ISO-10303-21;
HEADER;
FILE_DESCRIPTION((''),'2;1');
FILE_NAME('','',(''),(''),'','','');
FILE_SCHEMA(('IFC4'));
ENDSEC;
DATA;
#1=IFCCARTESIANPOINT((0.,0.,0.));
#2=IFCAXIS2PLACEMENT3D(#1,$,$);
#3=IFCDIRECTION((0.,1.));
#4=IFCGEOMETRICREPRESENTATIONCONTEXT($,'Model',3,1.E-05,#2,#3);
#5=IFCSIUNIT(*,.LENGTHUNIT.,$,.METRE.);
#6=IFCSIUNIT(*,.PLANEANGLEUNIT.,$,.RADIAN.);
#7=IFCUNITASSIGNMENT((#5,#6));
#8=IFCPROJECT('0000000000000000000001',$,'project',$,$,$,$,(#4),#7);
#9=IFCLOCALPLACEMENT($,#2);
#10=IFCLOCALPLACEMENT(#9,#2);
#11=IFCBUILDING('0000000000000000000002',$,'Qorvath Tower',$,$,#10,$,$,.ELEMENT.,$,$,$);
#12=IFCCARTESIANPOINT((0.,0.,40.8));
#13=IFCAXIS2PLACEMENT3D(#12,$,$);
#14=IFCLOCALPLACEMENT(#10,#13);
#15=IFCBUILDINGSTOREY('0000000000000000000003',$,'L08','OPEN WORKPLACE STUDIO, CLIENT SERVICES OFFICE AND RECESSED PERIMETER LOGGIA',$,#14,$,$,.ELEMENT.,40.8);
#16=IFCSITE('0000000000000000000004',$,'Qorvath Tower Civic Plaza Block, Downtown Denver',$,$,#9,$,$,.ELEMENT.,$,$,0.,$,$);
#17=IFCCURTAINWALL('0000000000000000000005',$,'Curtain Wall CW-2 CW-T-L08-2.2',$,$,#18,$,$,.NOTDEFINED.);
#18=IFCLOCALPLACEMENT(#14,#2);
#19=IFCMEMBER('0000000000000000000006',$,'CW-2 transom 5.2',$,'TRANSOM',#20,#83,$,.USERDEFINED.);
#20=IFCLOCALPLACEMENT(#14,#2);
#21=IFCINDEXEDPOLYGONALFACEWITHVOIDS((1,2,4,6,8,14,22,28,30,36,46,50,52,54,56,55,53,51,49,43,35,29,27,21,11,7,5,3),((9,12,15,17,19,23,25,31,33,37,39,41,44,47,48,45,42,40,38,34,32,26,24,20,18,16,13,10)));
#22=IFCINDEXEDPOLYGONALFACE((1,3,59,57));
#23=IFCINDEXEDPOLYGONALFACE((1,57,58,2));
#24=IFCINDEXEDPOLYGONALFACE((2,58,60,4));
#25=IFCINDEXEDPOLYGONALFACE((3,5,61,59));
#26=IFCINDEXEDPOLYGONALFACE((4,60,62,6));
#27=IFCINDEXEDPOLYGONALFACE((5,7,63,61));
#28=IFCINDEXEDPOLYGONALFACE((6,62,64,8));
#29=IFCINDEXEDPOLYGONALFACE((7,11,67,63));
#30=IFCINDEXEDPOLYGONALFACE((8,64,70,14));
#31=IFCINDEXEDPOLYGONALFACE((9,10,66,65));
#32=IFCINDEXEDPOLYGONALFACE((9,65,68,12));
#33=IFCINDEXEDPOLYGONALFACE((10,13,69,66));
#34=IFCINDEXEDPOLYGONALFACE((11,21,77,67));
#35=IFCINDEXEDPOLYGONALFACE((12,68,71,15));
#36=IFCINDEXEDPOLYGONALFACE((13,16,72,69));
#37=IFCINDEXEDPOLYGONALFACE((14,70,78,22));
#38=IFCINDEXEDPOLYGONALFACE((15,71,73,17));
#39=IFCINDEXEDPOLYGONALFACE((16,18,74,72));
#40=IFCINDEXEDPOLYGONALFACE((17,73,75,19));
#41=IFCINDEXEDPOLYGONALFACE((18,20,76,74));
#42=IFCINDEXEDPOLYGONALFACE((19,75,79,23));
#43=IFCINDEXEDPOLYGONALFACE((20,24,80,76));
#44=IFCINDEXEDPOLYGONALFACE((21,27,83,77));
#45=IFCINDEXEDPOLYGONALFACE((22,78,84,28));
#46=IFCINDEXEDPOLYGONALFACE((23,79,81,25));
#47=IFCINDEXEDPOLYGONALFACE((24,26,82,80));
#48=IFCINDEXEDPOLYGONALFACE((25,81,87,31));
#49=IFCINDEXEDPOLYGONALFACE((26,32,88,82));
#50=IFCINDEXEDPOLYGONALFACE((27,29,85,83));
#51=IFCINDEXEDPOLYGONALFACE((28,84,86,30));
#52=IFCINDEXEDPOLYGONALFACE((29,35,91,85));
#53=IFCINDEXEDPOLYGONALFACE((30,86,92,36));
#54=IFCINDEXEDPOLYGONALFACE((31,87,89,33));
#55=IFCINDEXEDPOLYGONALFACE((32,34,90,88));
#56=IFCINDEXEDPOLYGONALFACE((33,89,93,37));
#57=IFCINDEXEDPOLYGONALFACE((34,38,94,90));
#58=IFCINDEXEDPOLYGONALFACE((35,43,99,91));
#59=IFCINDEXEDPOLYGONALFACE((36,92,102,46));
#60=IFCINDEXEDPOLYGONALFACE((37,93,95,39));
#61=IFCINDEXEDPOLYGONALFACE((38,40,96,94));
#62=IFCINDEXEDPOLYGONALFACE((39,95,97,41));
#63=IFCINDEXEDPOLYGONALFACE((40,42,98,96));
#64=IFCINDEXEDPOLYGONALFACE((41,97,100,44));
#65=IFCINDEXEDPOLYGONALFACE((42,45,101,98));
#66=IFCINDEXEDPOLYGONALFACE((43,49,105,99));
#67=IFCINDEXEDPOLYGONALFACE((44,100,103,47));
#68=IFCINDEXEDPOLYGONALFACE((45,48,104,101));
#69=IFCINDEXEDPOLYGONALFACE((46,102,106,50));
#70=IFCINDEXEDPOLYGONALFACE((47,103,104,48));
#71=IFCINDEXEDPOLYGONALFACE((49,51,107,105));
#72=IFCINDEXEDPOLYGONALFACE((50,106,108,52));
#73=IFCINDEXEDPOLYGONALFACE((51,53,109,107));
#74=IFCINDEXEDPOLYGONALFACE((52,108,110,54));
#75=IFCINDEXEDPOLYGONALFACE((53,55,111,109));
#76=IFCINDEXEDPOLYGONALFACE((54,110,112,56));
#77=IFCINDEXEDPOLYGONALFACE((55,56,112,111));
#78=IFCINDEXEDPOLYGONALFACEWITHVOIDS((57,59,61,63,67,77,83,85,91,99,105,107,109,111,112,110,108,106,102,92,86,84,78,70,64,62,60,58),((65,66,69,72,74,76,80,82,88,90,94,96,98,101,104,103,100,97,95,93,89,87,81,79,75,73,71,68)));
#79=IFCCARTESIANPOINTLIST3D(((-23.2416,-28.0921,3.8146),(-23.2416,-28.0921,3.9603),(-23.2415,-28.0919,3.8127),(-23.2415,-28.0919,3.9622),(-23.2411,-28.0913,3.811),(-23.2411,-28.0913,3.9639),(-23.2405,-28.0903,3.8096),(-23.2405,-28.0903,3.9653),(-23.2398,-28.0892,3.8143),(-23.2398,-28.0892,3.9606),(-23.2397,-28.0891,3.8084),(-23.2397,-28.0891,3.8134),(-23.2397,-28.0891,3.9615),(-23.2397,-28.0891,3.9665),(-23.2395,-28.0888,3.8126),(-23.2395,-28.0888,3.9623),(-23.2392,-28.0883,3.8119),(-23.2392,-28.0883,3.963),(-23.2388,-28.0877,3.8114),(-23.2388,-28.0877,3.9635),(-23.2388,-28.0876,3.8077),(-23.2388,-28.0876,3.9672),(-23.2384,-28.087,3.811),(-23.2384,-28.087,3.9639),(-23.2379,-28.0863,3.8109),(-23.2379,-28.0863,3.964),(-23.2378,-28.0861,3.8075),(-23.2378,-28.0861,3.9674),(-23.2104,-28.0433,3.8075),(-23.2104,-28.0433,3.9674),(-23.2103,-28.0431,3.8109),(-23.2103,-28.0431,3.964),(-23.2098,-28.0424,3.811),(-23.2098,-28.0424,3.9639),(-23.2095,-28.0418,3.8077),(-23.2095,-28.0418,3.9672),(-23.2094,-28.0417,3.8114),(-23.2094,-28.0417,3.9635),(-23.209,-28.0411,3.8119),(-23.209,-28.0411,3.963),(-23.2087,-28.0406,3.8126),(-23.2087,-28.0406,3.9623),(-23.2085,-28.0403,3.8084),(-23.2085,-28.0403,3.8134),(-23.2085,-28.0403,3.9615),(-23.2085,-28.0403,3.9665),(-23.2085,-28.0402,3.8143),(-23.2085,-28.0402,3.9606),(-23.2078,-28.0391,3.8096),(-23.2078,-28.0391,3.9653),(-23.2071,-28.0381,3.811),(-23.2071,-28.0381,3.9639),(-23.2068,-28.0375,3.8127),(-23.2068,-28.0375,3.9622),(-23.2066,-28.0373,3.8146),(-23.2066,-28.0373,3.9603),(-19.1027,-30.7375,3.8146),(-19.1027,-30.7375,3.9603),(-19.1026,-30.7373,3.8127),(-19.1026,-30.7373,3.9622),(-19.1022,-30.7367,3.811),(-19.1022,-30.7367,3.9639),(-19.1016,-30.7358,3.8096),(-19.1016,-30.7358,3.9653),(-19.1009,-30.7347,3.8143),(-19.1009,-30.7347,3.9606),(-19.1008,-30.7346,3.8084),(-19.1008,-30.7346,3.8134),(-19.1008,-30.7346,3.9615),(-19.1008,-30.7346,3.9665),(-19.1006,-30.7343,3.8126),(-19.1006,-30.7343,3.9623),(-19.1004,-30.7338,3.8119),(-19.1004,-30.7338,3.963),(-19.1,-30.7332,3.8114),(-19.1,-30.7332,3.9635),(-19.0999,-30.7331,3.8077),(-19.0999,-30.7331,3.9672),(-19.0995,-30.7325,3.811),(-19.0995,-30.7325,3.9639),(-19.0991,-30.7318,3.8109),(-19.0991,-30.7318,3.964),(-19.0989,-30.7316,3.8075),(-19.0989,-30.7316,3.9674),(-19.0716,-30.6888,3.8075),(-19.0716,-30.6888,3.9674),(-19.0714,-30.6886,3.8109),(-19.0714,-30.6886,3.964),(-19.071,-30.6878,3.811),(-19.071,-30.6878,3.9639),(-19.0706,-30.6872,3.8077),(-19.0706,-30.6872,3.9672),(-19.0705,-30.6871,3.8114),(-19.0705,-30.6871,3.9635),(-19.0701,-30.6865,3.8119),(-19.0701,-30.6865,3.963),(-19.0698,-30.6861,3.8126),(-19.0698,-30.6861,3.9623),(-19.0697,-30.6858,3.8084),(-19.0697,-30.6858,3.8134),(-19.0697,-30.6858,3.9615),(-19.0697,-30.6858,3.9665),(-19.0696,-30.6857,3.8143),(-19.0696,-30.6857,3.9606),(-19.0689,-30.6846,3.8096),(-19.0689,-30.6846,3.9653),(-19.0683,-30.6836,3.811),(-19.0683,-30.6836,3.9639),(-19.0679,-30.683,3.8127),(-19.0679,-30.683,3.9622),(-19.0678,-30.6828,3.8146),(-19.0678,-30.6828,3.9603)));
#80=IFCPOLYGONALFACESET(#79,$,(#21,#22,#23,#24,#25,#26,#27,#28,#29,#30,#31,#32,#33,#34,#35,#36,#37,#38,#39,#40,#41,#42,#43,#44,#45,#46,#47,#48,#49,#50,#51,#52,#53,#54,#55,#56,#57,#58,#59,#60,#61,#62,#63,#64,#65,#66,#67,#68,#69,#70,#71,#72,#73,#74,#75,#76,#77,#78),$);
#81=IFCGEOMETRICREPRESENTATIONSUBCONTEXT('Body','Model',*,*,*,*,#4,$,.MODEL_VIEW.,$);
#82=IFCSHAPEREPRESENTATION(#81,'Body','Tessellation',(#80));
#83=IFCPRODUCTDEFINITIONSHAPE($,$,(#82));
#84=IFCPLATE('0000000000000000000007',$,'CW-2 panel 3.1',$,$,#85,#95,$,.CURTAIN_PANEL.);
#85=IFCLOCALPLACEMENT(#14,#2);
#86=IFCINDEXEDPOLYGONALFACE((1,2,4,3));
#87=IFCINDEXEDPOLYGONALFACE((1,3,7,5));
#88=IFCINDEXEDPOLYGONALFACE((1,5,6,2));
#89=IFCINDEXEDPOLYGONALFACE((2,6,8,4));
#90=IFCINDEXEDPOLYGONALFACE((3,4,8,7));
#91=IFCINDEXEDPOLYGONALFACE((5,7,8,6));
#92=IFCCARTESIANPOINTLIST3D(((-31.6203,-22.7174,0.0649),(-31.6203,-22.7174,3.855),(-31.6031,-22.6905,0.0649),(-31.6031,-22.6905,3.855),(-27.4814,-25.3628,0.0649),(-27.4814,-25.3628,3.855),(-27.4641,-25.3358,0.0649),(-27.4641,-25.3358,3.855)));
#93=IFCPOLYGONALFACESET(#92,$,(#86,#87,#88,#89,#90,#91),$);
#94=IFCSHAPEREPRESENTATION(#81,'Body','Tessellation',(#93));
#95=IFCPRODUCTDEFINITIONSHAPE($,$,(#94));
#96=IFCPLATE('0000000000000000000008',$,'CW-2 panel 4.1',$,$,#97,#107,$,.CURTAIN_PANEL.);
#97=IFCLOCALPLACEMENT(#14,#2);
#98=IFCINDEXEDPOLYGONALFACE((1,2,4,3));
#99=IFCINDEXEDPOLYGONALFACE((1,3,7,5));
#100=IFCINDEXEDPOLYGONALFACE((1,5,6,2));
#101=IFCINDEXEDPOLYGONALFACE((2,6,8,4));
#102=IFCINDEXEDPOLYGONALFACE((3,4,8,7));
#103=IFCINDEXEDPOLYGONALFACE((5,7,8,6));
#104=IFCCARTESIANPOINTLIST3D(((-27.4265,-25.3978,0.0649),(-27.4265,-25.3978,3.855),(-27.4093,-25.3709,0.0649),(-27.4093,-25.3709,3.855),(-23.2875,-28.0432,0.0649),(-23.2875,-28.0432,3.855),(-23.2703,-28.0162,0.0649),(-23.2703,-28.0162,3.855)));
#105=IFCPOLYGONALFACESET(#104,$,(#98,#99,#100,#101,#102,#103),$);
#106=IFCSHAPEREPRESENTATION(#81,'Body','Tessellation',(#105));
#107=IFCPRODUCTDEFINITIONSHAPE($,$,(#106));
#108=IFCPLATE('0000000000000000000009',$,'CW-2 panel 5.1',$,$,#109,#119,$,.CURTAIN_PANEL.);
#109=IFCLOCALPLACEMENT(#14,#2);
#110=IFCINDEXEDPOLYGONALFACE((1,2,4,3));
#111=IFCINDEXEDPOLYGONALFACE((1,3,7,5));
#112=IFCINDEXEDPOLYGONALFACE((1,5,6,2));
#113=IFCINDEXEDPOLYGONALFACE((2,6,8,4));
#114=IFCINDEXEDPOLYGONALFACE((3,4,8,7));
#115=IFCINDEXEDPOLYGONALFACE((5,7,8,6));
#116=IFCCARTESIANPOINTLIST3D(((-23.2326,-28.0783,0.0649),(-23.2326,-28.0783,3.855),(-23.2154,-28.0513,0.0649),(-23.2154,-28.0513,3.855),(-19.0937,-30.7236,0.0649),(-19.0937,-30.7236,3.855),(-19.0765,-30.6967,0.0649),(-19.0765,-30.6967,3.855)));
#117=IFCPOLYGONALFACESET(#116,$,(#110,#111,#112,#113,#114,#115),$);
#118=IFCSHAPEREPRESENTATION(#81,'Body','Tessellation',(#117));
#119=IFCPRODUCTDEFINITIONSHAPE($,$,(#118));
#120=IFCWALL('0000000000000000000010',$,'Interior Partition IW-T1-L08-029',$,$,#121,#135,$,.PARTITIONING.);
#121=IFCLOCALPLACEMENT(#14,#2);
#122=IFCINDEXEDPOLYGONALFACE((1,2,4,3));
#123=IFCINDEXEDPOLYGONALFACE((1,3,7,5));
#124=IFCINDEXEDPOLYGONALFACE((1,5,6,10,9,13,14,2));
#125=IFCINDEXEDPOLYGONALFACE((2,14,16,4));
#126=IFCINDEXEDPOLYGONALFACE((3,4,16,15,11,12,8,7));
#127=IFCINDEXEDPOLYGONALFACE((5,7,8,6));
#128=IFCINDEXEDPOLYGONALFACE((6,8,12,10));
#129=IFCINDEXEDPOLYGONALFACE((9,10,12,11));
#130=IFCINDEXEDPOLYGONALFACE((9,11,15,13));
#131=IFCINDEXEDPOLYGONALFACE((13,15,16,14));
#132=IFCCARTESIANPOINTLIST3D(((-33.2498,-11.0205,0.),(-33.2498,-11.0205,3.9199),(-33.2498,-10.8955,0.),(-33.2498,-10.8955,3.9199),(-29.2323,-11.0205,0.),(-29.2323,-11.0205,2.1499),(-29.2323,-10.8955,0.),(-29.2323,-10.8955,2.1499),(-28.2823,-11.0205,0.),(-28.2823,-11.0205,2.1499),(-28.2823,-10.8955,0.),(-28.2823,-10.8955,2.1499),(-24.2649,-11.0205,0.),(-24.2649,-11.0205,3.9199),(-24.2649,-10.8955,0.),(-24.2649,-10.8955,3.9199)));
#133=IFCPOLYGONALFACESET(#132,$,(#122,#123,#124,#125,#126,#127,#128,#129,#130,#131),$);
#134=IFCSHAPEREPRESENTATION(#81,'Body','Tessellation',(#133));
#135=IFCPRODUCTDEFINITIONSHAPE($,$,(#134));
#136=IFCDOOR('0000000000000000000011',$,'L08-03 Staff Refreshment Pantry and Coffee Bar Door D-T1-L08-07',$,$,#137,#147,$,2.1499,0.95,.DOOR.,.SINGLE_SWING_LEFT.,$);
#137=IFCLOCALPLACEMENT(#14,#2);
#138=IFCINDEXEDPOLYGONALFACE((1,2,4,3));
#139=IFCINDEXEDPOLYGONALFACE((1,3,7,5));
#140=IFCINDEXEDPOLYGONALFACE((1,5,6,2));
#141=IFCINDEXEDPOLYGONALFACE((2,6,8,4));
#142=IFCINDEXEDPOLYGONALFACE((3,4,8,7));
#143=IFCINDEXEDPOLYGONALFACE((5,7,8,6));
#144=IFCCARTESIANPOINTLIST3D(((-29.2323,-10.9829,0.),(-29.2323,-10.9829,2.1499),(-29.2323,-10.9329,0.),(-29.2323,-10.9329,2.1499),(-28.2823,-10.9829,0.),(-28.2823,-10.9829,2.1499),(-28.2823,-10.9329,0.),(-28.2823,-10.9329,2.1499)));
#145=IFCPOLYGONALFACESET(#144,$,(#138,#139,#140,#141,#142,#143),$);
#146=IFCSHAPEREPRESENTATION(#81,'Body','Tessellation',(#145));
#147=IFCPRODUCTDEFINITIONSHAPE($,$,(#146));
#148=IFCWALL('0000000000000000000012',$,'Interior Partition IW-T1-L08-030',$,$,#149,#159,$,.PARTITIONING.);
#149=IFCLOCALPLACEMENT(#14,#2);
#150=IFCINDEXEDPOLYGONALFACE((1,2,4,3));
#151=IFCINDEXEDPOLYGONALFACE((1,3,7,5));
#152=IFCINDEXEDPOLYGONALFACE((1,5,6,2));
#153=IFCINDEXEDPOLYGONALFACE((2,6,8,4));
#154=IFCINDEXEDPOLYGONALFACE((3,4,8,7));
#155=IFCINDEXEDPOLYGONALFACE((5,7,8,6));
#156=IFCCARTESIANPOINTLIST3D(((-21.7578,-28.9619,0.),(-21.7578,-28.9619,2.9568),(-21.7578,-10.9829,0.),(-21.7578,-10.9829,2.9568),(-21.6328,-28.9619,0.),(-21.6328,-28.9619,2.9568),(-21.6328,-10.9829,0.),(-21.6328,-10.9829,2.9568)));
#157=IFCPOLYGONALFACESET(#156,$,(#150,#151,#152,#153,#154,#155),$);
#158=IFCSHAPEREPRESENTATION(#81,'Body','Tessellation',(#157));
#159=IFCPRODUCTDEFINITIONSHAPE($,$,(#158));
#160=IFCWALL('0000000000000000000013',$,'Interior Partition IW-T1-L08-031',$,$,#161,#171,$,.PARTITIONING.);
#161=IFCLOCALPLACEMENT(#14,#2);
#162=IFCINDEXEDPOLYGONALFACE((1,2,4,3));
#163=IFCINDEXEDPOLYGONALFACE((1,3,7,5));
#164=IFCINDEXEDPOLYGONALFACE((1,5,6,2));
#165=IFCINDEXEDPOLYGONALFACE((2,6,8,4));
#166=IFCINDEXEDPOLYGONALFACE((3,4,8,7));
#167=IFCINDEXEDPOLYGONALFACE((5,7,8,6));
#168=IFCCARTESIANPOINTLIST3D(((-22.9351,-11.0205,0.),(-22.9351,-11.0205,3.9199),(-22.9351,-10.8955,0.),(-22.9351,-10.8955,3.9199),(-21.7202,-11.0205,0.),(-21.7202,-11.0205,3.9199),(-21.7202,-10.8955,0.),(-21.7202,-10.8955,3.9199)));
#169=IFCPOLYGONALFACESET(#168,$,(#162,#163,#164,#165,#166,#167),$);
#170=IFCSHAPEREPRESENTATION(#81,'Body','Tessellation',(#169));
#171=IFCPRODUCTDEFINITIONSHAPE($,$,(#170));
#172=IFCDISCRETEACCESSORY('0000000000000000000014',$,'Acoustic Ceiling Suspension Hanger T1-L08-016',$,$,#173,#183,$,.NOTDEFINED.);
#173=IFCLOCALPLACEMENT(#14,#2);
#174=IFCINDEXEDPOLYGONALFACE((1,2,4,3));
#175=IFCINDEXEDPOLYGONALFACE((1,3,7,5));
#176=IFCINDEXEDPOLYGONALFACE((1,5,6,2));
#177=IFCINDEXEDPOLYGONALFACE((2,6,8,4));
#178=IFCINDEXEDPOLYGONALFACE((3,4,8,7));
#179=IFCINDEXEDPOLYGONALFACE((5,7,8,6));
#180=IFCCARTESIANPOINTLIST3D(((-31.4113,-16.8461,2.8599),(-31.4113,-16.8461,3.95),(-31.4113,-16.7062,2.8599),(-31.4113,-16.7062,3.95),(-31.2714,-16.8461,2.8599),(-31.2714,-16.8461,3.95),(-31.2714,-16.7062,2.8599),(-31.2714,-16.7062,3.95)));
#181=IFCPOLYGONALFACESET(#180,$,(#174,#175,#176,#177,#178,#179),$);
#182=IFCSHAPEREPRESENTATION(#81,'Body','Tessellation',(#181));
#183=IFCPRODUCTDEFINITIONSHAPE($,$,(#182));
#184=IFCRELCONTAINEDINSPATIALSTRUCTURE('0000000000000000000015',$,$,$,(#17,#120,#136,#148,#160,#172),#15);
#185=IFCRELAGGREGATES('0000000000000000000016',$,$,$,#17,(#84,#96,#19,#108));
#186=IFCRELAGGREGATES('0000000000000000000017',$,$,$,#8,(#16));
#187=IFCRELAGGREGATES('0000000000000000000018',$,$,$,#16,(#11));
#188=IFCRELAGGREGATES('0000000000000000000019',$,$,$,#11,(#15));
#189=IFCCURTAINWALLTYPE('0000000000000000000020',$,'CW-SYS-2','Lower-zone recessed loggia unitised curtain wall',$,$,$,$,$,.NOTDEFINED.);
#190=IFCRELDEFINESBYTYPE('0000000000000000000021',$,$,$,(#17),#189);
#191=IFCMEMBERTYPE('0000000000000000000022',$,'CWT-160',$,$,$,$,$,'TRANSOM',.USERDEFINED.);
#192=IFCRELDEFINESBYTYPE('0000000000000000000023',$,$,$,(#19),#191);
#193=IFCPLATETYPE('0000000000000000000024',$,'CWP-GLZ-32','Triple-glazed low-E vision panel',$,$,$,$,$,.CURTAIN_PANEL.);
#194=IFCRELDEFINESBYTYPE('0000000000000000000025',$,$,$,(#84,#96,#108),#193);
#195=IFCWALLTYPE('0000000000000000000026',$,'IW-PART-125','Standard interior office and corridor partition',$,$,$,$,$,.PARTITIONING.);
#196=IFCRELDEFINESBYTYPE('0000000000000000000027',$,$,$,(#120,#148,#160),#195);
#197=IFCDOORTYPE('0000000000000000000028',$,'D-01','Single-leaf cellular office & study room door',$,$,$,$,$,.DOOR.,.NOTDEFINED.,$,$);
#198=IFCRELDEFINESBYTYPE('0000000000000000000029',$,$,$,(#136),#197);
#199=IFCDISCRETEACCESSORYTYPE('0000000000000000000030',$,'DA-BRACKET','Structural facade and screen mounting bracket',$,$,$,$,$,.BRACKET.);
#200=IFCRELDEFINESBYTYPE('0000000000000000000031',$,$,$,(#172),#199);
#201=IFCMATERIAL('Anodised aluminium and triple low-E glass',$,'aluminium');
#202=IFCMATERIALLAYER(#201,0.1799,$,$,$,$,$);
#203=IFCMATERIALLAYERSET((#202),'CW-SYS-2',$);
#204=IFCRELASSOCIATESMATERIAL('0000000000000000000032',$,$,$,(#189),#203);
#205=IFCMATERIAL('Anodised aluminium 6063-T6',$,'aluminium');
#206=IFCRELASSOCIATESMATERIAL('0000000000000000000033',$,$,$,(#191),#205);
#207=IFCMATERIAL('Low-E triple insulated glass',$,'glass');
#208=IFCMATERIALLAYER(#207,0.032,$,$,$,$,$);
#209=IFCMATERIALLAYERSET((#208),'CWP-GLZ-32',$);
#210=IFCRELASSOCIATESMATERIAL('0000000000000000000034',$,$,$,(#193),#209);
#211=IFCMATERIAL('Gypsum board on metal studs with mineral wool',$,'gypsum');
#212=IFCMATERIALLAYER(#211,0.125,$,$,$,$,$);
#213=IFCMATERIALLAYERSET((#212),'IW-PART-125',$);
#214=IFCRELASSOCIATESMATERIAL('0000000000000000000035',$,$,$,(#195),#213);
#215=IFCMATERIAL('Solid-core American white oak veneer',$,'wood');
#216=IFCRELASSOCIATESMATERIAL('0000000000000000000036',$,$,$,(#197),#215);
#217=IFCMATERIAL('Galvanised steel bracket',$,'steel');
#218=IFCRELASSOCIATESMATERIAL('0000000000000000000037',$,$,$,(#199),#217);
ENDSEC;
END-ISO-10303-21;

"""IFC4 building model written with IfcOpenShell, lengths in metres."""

from ifc_helpers import new_model, si_unit, direction, frame, frame_2d, origin, origin_2d, place, context, subcontext, project, spatial, rectangle, hollow_rectangle, extrude, material, layer, layer_set, material_profile, profile_set, type_object, element, fill, aggregate, save


model = new_model("IFC4")

# Units and contexts
model_context = context("Model", 3, precision=1e-05, world=origin(), true_north=direction((0.0, 1.0)))
body_context = subcontext(model_context, "Body", "Model", "MODEL_VIEW")
ifc_project = project(units=[si_unit("LENGTHUNIT", "METRE"), si_unit("PLANEANGLEUNIT", "RADIAN")], contexts=[model_context])

# Site, building, storey
site_placement = place(None, origin())
site = spatial("IfcSite", under=ifc_project, at=site_placement, Name="Qorvath Tower Civic Plaza Block, Downtown Denver", CompositionType="ELEMENT", RefElevation=0.0)
building_placement = place(site_placement, origin())
building = spatial("IfcBuilding", under=site, at=building_placement, Name="Qorvath Tower", CompositionType="ELEMENT")
storey_placement = place(building_placement, frame((0.0, 0.0, 40.8)))
storey = spatial("IfcBuildingStorey", under=building, at=storey_placement, Name="L08", Description="OPEN WORKPLACE STUDIO, CLIENT SERVICES OFFICE AND RECESSED PERIMETER LOGGIA", CompositionType="ELEMENT", Elevation=40.8)

# Curtain wall, member, plates
ifc_material_1 = material(Name="Anodised aluminium and triple low-E glass", Category="aluminium")
ifc_layer_1 = layer(ifc_material_1, 0.1799)
ifc_layer_set_1 = layer_set([ifc_layer_1], Name="CW-SYS-2")
curtain_wall_type = type_object("IfcCurtainWallType", Name="CW-SYS-2", Description="Lower-zone recessed loggia unitised curtain wall", PredefinedType="NOTDEFINED", material=ifc_layer_set_1)
curtain_wall_placement = place(storey_placement, origin())
curtain_wall = element("IfcCurtainWall", 1, at=curtain_wall_placement, inside=storey, type_object=curtain_wall_type, Name="Curtain Wall CW-2 CW-T-L08-2.2", PredefinedType="NOTDEFINED")
ifc_material_2 = material(Name="Anodised aluminium 6063-T6", Category="aluminium")
ifc_material_profile_1 = material_profile(ifc_material_2, hollow_rectangle(XDim=0.0649, YDim=0.1599, WallThickness=0.0034, InnerFilletRadius=0.0034, OuterFilletRadius=0.0071, at=origin_2d()), Name="CWT 160x65")
ifc_profile_set_1 = profile_set([ifc_material_profile_1], Name="Anodised aluminium 6063-T6")
member_type_1 = type_object("IfcMemberType", Name="CWT-160", ElementType="TRANSOM", PredefinedType="USERDEFINED", material=ifc_profile_set_1)
member_1_placement = place(storey_placement, frame((-23.2241, -28.0647, 3.8875), z_axis=(0.842585, -0.538563, 0.0), x_axis=(0.538563, 0.842585, 0.0)))
member_1 = element("IfcMember", 2, at=member_1_placement, type_object=member_type_1, Name="CW-2 transom 5.2", ObjectType="TRANSOM", PredefinedType="USERDEFINED", context=body_context, shape_type="SweptSolid", body=[
    extrude(hollow_rectangle(XDim=0.0649, YDim=0.1599, WallThickness=0.0034, InnerFilletRadius=0.0034, OuterFilletRadius=0.0071, at=origin_2d()), origin(), (0.0, 0.0, 1.0), 4.9121),
])
ifc_material_3 = material(Name="Low-E triple insulated glass", Category="glass")
ifc_layer_2 = layer(ifc_material_3, 0.032)
ifc_layer_set_2 = layer_set([ifc_layer_2], Name="CWP-GLZ-32")
plate_type = type_object("IfcPlateType", Name="CWP-GLZ-32", Description="Triple-glazed low-E vision panel", PredefinedType="CURTAIN_PANEL", material=ifc_layer_set_2)
plate_1_placement = place(storey_placement, frame((-29.5422, -24.0266, 0.0649), z_axis=(0.0, 0.0, 1.0), x_axis=(0.842602, -0.538537, 0.0)))
plate_1 = element("IfcPlate", 3, at=plate_1_placement, type_object=plate_type, Name="CW-2 panel 3.1", PredefinedType="CURTAIN_PANEL", context=body_context, shape_type="SweptSolid", body=[
    extrude(rectangle(XDim=4.9121, YDim=0.032, at=origin_2d()), origin(), (0.0, 0.0, 1.0), 3.79),
])
plate_2_placement = place(storey_placement, frame((-25.3484, -26.707, 0.0649), z_axis=(0.0, 0.0, 1.0), x_axis=(0.842602, -0.538537, 0.0)))
plate_2 = element("IfcPlate", 4, at=plate_2_placement, type_object=plate_type, Name="CW-2 panel 4.1", PredefinedType="CURTAIN_PANEL", context=body_context, shape_type="SweptSolid", body=[
    extrude(rectangle(XDim=4.9121, YDim=0.032, at=origin_2d()), origin(), (0.0, 0.0, 1.0), 3.79),
])
plate_3_placement = place(storey_placement, frame((-21.1545, -29.3875, 0.0649), z_axis=(0.0, 0.0, 1.0), x_axis=(0.842602, -0.538537, 0.0)))
plate_3 = element("IfcPlate", 5, at=plate_3_placement, type_object=plate_type, Name="CW-2 panel 5.1", PredefinedType="CURTAIN_PANEL", context=body_context, shape_type="SweptSolid", body=[
    extrude(rectangle(XDim=4.9121, YDim=0.032, at=origin_2d()), origin(), (0.0, 0.0, 1.0), 3.79),
])
aggregate(curtain_wall, [plate_1, plate_2, member_1, plate_3])

# Wall, opening, door
ifc_material_4 = material(Name="Gypsum board on metal studs with mineral wool", Category="gypsum")
ifc_layer_3 = layer(ifc_material_4, 0.125)
ifc_layer_set_3 = layer_set([ifc_layer_3], Name="IW-PART-125")
wall_type = type_object("IfcWallType", Name="IW-PART-125", Description="Standard interior office and corridor partition", PredefinedType="PARTITIONING", material=ifc_layer_set_3)
wall_1_placement = place(storey_placement, frame((-24.2649, -10.958, 0.0), z_axis=(0.0, 0.0, 1.0), x_axis=(-1.0, 0.0, 0.0)))
wall_1 = element("IfcWall", 6, at=wall_1_placement, inside=storey, type_object=wall_type, Name="Interior Partition IW-T1-L08-029", PredefinedType="PARTITIONING", context=body_context, shape_type="SweptSolid", body=[
    extrude(rectangle(XDim=8.9849, YDim=0.125, at=frame_2d((4.4924, 0.0))), origin(), (0.0, 0.0, 1.0), 3.9199),
])
opening_placement = place(wall_1_placement, frame((4.0173, 0.0, 0.0)))
opening = element("IfcOpeningElement", 7, at=opening_placement, cuts=wall_1, PredefinedType="OPENING", context=body_context, shape_type="SweptSolid", body=[
    extrude(rectangle(XDim=0.95, YDim=2.1499, at=frame_2d((0.4751, 1.075))), frame((0.0, 0.0725, 0.0), z_axis=(0.0, -1.0, 0.0), x_axis=(1.0, 0.0, 0.0)), (0.0, 0.0, 1.0), 0.145),
])
ifc_material_5 = material(Name="Solid-core American white oak veneer", Category="wood")
door_type = type_object("IfcDoorType", Name="D-01", Description="Single-leaf cellular office & study room door", OperationType="NOTDEFINED", PredefinedType="DOOR", material=ifc_material_5)
door_placement = place(opening_placement, origin())
door = element("IfcDoor", 8, at=door_placement, inside=storey, type_object=door_type, Name="L08-03 Staff Refreshment Pantry and Coffee Bar Door D-T1-L08-07", OperationType="SINGLE_SWING_LEFT", OverallHeight=2.1499, OverallWidth=0.95, PredefinedType="DOOR", context=body_context, shape_type="SweptSolid", body=[
    extrude(rectangle(XDim=0.95, YDim=2.1499, at=frame_2d((0.4751, 1.075))), frame((0.0, 0.0249, 0.0), z_axis=(0.0, -1.0, 0.0), x_axis=(1.0, 0.0, 0.0)), (0.0, 0.0, 1.0), 0.05),
])
fill(opening, door)

# Walls
wall_2_placement = place(storey_placement, frame((-21.6953, -28.9619, 0.0), z_axis=(0.0, 0.0, 1.0), x_axis=(0.0, 1.0, 0.0)))
element("IfcWall", 9, at=wall_2_placement, inside=storey, type_object=wall_type, Name="Interior Partition IW-T1-L08-030", PredefinedType="PARTITIONING", context=body_context, shape_type="SweptSolid", body=[
    extrude(rectangle(XDim=17.979, YDim=0.125, at=frame_2d((8.9895, 0.0))), origin(), (0.0, 0.0, 1.0), 2.9568),
])
wall_3_placement = place(storey_placement, frame((-21.7202, -10.958, 0.0), z_axis=(0.0, 0.0, 1.0), x_axis=(-1.0, 0.0, 0.0)))
element("IfcWall", 10, at=wall_3_placement, inside=storey, type_object=wall_type, Name="Interior Partition IW-T1-L08-031", PredefinedType="PARTITIONING", context=body_context, shape_type="SweptSolid", body=[
    extrude(rectangle(XDim=1.2148, YDim=0.125, at=frame_2d((0.6074, 0.0))), origin(), (0.0, 0.0, 1.0), 3.9199),
])

# Discrete accessory
ifc_material_6 = material(Name="Galvanised steel bracket", Category="steel")
discrete_accessory_type = type_object("IfcDiscreteAccessoryType", Name="DA-BRACKET", Description="Structural facade and screen mounting bracket", PredefinedType="BRACKET", material=ifc_material_6)
for number, where, z_axis, x_axis, name in (
    (11, (-31.3413, -16.7761, 2.8599), (0.0, 0.0, 1.0), (1.0, 0.0, 0.0), "Acoustic Ceiling Suspension Hanger T1-L08-016"),
):
    element("IfcDiscreteAccessory", number, at=place(storey_placement, frame(where, z_axis=z_axis, x_axis=x_axis)), inside=storey, type_object=discrete_accessory_type, Name=name, PredefinedType="NOTDEFINED", context=body_context, shape_type="SweptSolid", body=[
        extrude(rectangle(XDim=0.1399, YDim=0.1399, at=origin_2d()), origin(), (0.0, 0.0, 1.0), 1.0901),
    ])

save(model, "model.ifc")
